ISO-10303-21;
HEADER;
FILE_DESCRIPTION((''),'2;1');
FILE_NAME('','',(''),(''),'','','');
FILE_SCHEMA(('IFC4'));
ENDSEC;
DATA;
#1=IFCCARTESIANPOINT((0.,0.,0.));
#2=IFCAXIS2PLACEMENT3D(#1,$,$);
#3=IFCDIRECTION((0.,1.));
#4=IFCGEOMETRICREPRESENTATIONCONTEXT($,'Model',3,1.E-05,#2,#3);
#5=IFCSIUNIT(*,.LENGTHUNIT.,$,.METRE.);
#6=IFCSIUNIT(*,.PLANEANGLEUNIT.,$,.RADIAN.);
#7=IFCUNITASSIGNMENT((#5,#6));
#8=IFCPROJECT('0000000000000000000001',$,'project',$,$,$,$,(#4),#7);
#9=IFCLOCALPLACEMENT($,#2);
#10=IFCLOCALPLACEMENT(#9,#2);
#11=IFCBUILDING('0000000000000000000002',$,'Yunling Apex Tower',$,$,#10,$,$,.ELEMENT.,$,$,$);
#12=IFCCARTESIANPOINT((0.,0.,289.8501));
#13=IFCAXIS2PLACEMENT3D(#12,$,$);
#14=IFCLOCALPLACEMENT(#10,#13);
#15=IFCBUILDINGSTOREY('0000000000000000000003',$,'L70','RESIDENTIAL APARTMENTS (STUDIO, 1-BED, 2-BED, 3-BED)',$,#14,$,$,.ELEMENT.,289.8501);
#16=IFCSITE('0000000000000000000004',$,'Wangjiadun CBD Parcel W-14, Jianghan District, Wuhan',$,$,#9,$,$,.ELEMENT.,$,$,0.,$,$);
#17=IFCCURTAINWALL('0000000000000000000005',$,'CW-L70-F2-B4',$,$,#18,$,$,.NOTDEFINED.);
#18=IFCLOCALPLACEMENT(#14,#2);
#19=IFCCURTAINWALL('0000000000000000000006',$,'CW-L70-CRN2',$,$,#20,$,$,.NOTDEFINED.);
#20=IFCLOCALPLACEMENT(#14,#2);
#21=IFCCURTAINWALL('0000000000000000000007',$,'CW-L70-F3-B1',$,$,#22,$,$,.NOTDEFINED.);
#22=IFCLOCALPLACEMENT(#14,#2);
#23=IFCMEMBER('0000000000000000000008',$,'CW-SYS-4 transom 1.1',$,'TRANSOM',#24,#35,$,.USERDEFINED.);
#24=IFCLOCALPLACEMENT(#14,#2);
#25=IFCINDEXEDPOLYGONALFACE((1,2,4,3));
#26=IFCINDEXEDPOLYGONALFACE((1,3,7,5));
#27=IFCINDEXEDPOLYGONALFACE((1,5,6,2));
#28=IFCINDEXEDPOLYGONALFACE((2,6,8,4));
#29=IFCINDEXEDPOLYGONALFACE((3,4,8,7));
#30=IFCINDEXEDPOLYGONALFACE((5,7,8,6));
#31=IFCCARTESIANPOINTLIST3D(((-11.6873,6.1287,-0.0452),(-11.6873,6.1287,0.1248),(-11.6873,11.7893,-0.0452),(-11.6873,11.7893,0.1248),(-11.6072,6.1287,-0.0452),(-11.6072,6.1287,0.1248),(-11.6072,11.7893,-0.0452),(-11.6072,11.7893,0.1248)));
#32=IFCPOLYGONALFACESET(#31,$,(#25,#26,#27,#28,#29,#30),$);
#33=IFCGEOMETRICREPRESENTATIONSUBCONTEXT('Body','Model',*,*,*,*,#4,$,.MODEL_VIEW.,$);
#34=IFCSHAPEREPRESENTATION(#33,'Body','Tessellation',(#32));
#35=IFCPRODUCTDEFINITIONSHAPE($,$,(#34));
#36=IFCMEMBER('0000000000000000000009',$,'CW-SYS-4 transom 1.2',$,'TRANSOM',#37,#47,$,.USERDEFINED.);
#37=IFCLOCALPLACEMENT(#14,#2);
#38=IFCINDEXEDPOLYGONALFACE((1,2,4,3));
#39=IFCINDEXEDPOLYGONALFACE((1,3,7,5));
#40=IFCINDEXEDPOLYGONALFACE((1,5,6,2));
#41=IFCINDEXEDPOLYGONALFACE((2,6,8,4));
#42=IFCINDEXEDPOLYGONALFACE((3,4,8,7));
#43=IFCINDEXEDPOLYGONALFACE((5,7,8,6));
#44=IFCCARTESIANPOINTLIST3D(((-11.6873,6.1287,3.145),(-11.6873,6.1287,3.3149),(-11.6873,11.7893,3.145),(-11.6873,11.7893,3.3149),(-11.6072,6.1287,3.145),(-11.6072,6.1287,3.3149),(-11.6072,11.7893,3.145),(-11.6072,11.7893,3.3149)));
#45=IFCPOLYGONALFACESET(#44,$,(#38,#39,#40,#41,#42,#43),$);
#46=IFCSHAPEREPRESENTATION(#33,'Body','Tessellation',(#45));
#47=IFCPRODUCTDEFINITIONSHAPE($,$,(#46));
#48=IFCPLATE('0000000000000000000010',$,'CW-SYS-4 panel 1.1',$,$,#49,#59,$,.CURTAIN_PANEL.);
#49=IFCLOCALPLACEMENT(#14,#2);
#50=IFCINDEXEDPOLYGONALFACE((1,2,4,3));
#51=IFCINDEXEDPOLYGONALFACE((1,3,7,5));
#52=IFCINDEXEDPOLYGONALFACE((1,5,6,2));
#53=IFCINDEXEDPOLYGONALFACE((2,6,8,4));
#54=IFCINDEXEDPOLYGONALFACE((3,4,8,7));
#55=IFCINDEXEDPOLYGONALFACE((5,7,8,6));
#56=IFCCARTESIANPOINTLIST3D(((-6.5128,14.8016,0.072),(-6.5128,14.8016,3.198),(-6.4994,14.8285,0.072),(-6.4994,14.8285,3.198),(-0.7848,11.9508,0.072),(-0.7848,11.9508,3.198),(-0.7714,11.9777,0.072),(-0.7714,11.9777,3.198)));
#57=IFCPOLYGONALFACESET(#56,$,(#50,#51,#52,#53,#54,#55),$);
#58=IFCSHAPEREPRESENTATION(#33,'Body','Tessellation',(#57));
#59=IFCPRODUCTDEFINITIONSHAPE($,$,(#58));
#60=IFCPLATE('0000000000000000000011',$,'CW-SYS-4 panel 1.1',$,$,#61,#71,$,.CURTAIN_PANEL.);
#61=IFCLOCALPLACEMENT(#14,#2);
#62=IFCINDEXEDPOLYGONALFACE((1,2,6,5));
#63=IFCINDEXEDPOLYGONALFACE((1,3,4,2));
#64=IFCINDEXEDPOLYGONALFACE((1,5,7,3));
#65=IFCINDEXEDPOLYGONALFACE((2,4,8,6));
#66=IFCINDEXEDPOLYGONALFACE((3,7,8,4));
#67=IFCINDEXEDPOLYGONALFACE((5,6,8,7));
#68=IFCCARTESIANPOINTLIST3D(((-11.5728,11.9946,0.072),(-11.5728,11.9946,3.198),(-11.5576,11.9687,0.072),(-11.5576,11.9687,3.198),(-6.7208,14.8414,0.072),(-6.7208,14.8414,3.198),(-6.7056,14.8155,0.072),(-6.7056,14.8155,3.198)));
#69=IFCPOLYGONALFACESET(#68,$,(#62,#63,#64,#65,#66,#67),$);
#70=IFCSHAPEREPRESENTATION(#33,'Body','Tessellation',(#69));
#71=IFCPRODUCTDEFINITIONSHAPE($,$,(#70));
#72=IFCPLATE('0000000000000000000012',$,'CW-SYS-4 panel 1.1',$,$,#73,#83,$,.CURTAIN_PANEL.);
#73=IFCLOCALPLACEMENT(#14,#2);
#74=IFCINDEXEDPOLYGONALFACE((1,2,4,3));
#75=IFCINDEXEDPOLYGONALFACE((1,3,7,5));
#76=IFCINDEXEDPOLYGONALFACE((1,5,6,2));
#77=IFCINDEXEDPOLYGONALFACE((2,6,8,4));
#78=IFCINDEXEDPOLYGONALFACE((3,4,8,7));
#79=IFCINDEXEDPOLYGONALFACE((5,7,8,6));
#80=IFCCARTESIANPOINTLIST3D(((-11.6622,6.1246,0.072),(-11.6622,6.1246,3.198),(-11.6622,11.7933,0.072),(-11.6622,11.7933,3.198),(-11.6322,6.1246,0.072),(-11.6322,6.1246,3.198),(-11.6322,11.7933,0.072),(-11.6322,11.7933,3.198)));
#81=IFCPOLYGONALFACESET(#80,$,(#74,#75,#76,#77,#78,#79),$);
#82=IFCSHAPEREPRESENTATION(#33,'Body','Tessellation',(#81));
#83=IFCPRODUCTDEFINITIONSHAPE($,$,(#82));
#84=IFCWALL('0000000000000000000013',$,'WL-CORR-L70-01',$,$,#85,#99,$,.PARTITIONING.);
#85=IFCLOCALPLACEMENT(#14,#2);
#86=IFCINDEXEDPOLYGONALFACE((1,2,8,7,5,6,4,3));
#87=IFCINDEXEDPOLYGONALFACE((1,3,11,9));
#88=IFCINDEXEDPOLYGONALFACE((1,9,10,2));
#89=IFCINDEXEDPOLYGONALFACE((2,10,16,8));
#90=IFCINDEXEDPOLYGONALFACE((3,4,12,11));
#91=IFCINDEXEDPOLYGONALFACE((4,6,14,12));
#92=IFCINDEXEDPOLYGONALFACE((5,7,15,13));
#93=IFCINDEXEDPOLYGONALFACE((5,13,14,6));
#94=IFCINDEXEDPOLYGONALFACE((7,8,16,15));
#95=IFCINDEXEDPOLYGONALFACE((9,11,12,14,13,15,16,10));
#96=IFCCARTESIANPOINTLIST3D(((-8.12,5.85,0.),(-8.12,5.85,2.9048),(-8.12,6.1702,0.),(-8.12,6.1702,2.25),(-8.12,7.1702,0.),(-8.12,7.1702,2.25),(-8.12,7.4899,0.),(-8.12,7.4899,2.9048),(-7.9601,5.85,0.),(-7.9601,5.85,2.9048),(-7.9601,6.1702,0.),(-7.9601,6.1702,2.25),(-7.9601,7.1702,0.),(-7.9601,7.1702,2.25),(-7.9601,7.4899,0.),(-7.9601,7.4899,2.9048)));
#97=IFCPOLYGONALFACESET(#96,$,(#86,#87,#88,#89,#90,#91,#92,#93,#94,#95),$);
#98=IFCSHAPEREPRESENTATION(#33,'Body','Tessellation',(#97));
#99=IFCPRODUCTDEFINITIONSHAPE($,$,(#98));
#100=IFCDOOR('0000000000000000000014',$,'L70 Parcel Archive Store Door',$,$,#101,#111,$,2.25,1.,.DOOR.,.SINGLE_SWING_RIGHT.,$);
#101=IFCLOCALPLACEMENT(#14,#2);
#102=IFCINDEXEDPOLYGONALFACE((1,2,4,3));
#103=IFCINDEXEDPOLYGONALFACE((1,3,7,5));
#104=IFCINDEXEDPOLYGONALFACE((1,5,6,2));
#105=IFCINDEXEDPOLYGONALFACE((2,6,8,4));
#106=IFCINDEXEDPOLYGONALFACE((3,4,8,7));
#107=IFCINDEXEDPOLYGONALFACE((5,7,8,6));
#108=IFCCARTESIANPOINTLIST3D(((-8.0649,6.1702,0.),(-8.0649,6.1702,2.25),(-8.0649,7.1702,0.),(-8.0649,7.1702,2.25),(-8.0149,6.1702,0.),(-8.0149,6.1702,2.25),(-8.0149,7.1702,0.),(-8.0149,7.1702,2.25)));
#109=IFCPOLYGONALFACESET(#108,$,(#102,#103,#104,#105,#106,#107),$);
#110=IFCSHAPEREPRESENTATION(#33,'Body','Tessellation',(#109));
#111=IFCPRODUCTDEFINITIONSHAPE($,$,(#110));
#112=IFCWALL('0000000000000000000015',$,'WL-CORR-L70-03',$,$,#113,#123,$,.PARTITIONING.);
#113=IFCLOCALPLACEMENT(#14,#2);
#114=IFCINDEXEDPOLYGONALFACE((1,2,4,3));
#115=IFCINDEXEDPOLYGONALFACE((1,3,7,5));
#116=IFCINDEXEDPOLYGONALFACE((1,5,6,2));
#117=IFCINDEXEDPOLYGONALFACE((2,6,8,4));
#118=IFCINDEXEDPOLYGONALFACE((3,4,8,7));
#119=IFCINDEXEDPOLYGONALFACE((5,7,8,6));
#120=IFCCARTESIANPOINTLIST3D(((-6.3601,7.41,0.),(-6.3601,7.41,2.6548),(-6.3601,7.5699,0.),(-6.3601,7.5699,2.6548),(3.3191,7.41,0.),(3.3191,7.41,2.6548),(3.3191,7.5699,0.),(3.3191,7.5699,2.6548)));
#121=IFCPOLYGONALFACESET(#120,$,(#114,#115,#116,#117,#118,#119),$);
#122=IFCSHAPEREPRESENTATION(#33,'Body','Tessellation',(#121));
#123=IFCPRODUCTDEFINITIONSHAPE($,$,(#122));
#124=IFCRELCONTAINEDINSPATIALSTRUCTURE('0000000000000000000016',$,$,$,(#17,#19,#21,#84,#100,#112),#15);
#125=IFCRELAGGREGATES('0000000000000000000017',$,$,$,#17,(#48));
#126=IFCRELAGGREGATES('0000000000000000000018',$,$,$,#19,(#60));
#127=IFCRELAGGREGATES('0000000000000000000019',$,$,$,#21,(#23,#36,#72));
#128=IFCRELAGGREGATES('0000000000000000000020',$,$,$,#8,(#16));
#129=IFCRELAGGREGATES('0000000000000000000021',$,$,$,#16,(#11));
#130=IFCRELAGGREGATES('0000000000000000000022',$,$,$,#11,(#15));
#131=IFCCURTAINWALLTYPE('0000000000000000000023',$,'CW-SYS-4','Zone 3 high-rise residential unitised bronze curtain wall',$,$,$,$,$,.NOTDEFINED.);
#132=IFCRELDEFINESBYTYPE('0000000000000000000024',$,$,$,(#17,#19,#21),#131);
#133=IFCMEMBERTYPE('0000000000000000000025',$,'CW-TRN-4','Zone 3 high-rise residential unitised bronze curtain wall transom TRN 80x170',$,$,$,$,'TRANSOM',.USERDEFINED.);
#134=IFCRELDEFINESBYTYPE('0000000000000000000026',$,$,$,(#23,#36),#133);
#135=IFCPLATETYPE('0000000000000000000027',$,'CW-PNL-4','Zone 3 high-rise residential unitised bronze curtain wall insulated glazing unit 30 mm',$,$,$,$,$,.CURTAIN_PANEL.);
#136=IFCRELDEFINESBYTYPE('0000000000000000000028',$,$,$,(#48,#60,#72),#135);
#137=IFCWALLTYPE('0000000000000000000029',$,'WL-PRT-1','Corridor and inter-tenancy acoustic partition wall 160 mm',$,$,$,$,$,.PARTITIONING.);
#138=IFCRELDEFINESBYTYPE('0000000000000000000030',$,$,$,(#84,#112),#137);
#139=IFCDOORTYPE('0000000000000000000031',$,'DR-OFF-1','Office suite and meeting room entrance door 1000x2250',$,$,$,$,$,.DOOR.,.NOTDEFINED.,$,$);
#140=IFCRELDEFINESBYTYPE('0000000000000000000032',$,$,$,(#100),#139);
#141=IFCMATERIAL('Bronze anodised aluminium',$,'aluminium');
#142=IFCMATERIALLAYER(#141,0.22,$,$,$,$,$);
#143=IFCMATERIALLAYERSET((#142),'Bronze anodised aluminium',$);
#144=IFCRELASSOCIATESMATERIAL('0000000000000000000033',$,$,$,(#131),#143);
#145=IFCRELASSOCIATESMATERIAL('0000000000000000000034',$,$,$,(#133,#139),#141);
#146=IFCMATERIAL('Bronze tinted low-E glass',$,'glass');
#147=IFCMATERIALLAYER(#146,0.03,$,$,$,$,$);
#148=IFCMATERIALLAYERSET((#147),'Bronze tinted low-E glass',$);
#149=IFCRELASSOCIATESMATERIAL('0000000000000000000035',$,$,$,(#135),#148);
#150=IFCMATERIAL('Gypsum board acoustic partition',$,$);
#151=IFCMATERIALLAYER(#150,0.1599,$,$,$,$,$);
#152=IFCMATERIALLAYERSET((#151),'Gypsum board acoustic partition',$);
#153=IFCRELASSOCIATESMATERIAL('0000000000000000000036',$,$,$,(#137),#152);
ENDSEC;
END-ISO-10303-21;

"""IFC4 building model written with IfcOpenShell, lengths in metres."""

from ifc_helpers import new_model, si_unit, direction, frame, frame_2d, origin, origin_2d, place, context, subcontext, project, spatial, rectangle, extrude, source, transform, mapped, material, layer, layer_set, material_profile, profile_set, type_object, element, fill, aggregate, save


model = new_model("IFC4")

# Units and contexts
model_context = context("Model", 3, precision=1e-05, world=origin(), true_north=direction((0.0, 1.0)))
body_context = subcontext(model_context, "Body", "Model", "MODEL_VIEW")
ifc_project = project(units=[si_unit("LENGTHUNIT", "METRE"), si_unit("PLANEANGLEUNIT", "RADIAN")], contexts=[model_context])

# Site, building, storey
site_placement = place(None, origin())
site = spatial("IfcSite", under=ifc_project, at=site_placement, Name="Wangjiadun CBD Parcel W-14, Jianghan District, Wuhan", CompositionType="ELEMENT", RefElevation=0.0)
building_placement = place(site_placement, origin())
building = spatial("IfcBuilding", under=site, at=building_placement, Name="Yunling Apex Tower", CompositionType="ELEMENT")
storey_placement = place(building_placement, frame((0.0, 0.0, 289.8501)))
storey = spatial("IfcBuildingStorey", under=building, at=storey_placement, Name="L70", Description="RESIDENTIAL APARTMENTS (STUDIO, 1-BED, 2-BED, 3-BED)", CompositionType="ELEMENT", Elevation=289.8501)

# Curtain wall
ifc_material_1 = material(Name="Bronze anodised aluminium", Category="aluminium")
ifc_layer_1 = layer(ifc_material_1, 0.22)
ifc_layer_set_1 = layer_set([ifc_layer_1], Name="Bronze anodised aluminium")
curtain_wall_type = type_object("IfcCurtainWallType", Name="CW-SYS-4", Description="Zone 3 high-rise residential unitised bronze curtain wall", PredefinedType="NOTDEFINED", material=ifc_layer_set_1)
curtain_wall_1_placement = place(storey_placement, origin())
curtain_wall_1 = element("IfcCurtainWall", 1, at=curtain_wall_1_placement, inside=storey, type_object=curtain_wall_type, Name="CW-L70-F2-B4", PredefinedType="NOTDEFINED")

# Curtain walls
curtain_wall_2_placement = place(storey_placement, origin())
curtain_wall_2 = element("IfcCurtainWall", 2, at=curtain_wall_2_placement, inside=storey, type_object=curtain_wall_type, Name="CW-L70-CRN2", PredefinedType="NOTDEFINED")
curtain_wall_3_placement = place(storey_placement, origin())
curtain_wall_3 = element("IfcCurtainWall", 3, at=curtain_wall_3_placement, inside=storey, type_object=curtain_wall_type, Name="CW-L70-F3-B1", PredefinedType="NOTDEFINED")

# Members
ifc_material_profile_1 = material_profile(ifc_material_1, rectangle(XDim=0.0801, YDim=0.1699, at=origin_2d()))
ifc_profile_set_1 = profile_set([ifc_material_profile_1], Name="Bronze anodised aluminium")
member_type_1 = type_object("IfcMemberType", Name="CW-TRN-4", Description="Zone 3 high-rise residential unitised bronze curtain wall transom TRN 80x170", ElementType="TRANSOM", PredefinedType="USERDEFINED", material=ifc_profile_set_1)
shared_shape_1 = source(origin(), body_context, "Body", "SweptSolid", [
    extrude(rectangle(XDim=0.0801, YDim=0.1699, at=origin_2d()), origin(), (0.0, 0.0, 1.0), 5.6606),
])
member_1_placement = place(storey_placement, frame((-11.6472, 11.7893, 0.0398), z_axis=(0.0, -1.0, 0.0), x_axis=(1.0, 0.0, 0.0)))
member_1 = element("IfcMember", 4, at=member_1_placement, type_object=member_type_1, Name="CW-SYS-4 transom 1.1", ObjectType="TRANSOM", PredefinedType="USERDEFINED", context=body_context, shape_type="MappedRepresentation", body=[
    mapped(shared_shape_1, transform((0.0, 0.0, 0.0), scale=1.0)),
])
member_2_placement = place(storey_placement, frame((-11.6472, 11.7893, 3.23), z_axis=(0.0, -1.0, 0.0), x_axis=(1.0, 0.0, 0.0)))
member_2 = element("IfcMember", 5, at=member_2_placement, type_object=member_type_1, Name="CW-SYS-4 transom 1.2", ObjectType="TRANSOM", PredefinedType="USERDEFINED", context=body_context, shape_type="MappedRepresentation", body=[
    mapped(shared_shape_1, transform((0.0, 0.0, 0.0), scale=1.0)),
])

# Plates
ifc_material_2 = material(Name="Bronze tinted low-E glass", Category="glass")
ifc_layer_2 = layer(ifc_material_2, 0.03)
ifc_layer_set_2 = layer_set([ifc_layer_2], Name="Bronze tinted low-E glass")
plate_type = type_object("IfcPlateType", Name="CW-PNL-4", Description="Zone 3 high-rise residential unitised bronze curtain wall insulated glazing unit 30 mm", PredefinedType="CURTAIN_PANEL", material=ifc_layer_set_2)
shared_shape_2 = source(origin(), body_context, "Body", "SweptSolid", [
    extrude(rectangle(XDim=6.3982, YDim=0.03, at=origin_2d()), origin(), (0.0, 0.0, 1.0), 3.126),
])
plate_1_placement = place(storey_placement, frame((-3.6421, 13.3896, 0.072), z_axis=(0.0, 0.0, 1.0), x_axis=(-0.895248, 0.445568, 0.0)))
plate_1 = element("IfcPlate", 6, at=plate_1_placement, type_object=plate_type, Name="CW-SYS-4 panel 1.1", PredefinedType="CURTAIN_PANEL", context=body_context, shape_type="MappedRepresentation", body=[
    mapped(shared_shape_2, transform((0.0, 0.0, 0.0), scale=1.0)),
])
aggregate(curtain_wall_1, [plate_1])
shared_shape_3 = source(origin(), body_context, "Body", "SweptSolid", [
    extrude(rectangle(XDim=5.6255, YDim=0.03, at=origin_2d()), origin(), (0.0, 0.0, 1.0), 3.126),
])
plate_2_placement = place(storey_placement, frame((-9.1392, 13.405, 0.072), z_axis=(0.0, 0.0, 1.0), x_axis=(-0.8625, -0.506057, 0.0)))
plate_2 = element("IfcPlate", 7, at=plate_2_placement, type_object=plate_type, Name="CW-SYS-4 panel 1.1", PredefinedType="CURTAIN_PANEL", context=body_context, shape_type="MappedRepresentation", body=[
    mapped(shared_shape_3, transform((0.0, 0.0, 0.0), scale=1.0)),
])
aggregate(curtain_wall_2, [plate_2])
shared_shape_4 = source(origin(), body_context, "Body", "SweptSolid", [
    extrude(rectangle(XDim=5.6687, YDim=0.03, at=origin_2d()), origin(), (0.0, 0.0, 1.0), 3.126),
])
plate_3_placement = place(storey_placement, frame((-11.6472, 8.959, 0.072), z_axis=(0.0, 0.0, 1.0), x_axis=(0.0, -1.0, 0.0)))
plate_3 = element("IfcPlate", 8, at=plate_3_placement, type_object=plate_type, Name="CW-SYS-4 panel 1.1", PredefinedType="CURTAIN_PANEL", context=body_context, shape_type="MappedRepresentation", body=[
    mapped(shared_shape_4, transform((0.0, 0.0, 0.0), scale=1.0)),
])
aggregate(curtain_wall_3, [member_1, member_2, plate_3])

# Wall, opening, door
ifc_material_3 = material(Name="Gypsum board acoustic partition")
ifc_layer_3 = layer(ifc_material_3, 0.1599)
ifc_layer_set_3 = layer_set([ifc_layer_3], Name="Gypsum board acoustic partition")
wall_type = type_object("IfcWallType", Name="WL-PRT-1", Description="Corridor and inter-tenancy acoustic partition wall 160 mm", PredefinedType="PARTITIONING", material=ifc_layer_set_3)
wall_1_placement = place(storey_placement, frame((-8.04, 5.8501, 0.0), z_axis=(0.0, 0.0, 1.0), x_axis=(0.0, 1.0, 0.0)))
wall_1 = element("IfcWall", 9, at=wall_1_placement, inside=storey, type_object=wall_type, Name="WL-CORR-L70-01", PredefinedType="PARTITIONING", context=body_context, shape_type="SweptSolid", body=[
    extrude(rectangle(XDim=1.6399, YDim=0.1599, at=frame_2d((0.8198, 0.0))), origin(), (0.0, 0.0, 1.0), 2.9048),
])
opening_placement = place(wall_1_placement, frame((0.3201, 0.0, 0.0)))
opening = element("IfcOpeningElement", 10, at=opening_placement, cuts=wall_1, PredefinedType="OPENING", context=body_context, shape_type="SweptSolid", body=[
    extrude(rectangle(XDim=1.0, YDim=2.25, at=frame_2d((0.5, 1.125))), frame((0.0, 0.0898, 0.0), z_axis=(0.0, -1.0, 0.0), x_axis=(1.0, 0.0, 0.0)), (0.0, 0.0, 1.0), 0.1799),
])
door_type = type_object("IfcDoorType", Name="DR-OFF-1", Description="Office suite and meeting room entrance door 1000x2250", OperationType="NOTDEFINED", PredefinedType="DOOR", material=ifc_material_1)
door_placement = place(opening_placement, origin())
door = element("IfcDoor", 11, at=door_placement, inside=storey, type_object=door_type, Name="L70 Parcel Archive Store Door", OperationType="SINGLE_SWING_RIGHT", OverallHeight=2.25, OverallWidth=1.0, PredefinedType="DOOR", context=body_context, shape_type="SweptSolid", body=[
    extrude(rectangle(XDim=1.0, YDim=2.25, at=frame_2d((0.5, 1.125))), frame((0.0, 0.0249, 0.0), z_axis=(0.0, -1.0, 0.0), x_axis=(1.0, 0.0, 0.0)), (0.0, 0.0, 1.0), 0.05),
])
fill(opening, door)

# Wall
wall_2_placement = place(storey_placement, frame((-6.3601, 7.49, 0.0), z_axis=(0.0, 0.0, 1.0), x_axis=(1.0, 0.0, 0.0)))
element("IfcWall", 12, at=wall_2_placement, inside=storey, type_object=wall_type, Name="WL-CORR-L70-03", PredefinedType="PARTITIONING", context=body_context, shape_type="SweptSolid", body=[
    extrude(rectangle(XDim=9.6792, YDim=0.1599, at=frame_2d((4.8396, 0.0))), origin(), (0.0, 0.0, 1.0), 2.6548),
])

save(model, "model.ifc")
